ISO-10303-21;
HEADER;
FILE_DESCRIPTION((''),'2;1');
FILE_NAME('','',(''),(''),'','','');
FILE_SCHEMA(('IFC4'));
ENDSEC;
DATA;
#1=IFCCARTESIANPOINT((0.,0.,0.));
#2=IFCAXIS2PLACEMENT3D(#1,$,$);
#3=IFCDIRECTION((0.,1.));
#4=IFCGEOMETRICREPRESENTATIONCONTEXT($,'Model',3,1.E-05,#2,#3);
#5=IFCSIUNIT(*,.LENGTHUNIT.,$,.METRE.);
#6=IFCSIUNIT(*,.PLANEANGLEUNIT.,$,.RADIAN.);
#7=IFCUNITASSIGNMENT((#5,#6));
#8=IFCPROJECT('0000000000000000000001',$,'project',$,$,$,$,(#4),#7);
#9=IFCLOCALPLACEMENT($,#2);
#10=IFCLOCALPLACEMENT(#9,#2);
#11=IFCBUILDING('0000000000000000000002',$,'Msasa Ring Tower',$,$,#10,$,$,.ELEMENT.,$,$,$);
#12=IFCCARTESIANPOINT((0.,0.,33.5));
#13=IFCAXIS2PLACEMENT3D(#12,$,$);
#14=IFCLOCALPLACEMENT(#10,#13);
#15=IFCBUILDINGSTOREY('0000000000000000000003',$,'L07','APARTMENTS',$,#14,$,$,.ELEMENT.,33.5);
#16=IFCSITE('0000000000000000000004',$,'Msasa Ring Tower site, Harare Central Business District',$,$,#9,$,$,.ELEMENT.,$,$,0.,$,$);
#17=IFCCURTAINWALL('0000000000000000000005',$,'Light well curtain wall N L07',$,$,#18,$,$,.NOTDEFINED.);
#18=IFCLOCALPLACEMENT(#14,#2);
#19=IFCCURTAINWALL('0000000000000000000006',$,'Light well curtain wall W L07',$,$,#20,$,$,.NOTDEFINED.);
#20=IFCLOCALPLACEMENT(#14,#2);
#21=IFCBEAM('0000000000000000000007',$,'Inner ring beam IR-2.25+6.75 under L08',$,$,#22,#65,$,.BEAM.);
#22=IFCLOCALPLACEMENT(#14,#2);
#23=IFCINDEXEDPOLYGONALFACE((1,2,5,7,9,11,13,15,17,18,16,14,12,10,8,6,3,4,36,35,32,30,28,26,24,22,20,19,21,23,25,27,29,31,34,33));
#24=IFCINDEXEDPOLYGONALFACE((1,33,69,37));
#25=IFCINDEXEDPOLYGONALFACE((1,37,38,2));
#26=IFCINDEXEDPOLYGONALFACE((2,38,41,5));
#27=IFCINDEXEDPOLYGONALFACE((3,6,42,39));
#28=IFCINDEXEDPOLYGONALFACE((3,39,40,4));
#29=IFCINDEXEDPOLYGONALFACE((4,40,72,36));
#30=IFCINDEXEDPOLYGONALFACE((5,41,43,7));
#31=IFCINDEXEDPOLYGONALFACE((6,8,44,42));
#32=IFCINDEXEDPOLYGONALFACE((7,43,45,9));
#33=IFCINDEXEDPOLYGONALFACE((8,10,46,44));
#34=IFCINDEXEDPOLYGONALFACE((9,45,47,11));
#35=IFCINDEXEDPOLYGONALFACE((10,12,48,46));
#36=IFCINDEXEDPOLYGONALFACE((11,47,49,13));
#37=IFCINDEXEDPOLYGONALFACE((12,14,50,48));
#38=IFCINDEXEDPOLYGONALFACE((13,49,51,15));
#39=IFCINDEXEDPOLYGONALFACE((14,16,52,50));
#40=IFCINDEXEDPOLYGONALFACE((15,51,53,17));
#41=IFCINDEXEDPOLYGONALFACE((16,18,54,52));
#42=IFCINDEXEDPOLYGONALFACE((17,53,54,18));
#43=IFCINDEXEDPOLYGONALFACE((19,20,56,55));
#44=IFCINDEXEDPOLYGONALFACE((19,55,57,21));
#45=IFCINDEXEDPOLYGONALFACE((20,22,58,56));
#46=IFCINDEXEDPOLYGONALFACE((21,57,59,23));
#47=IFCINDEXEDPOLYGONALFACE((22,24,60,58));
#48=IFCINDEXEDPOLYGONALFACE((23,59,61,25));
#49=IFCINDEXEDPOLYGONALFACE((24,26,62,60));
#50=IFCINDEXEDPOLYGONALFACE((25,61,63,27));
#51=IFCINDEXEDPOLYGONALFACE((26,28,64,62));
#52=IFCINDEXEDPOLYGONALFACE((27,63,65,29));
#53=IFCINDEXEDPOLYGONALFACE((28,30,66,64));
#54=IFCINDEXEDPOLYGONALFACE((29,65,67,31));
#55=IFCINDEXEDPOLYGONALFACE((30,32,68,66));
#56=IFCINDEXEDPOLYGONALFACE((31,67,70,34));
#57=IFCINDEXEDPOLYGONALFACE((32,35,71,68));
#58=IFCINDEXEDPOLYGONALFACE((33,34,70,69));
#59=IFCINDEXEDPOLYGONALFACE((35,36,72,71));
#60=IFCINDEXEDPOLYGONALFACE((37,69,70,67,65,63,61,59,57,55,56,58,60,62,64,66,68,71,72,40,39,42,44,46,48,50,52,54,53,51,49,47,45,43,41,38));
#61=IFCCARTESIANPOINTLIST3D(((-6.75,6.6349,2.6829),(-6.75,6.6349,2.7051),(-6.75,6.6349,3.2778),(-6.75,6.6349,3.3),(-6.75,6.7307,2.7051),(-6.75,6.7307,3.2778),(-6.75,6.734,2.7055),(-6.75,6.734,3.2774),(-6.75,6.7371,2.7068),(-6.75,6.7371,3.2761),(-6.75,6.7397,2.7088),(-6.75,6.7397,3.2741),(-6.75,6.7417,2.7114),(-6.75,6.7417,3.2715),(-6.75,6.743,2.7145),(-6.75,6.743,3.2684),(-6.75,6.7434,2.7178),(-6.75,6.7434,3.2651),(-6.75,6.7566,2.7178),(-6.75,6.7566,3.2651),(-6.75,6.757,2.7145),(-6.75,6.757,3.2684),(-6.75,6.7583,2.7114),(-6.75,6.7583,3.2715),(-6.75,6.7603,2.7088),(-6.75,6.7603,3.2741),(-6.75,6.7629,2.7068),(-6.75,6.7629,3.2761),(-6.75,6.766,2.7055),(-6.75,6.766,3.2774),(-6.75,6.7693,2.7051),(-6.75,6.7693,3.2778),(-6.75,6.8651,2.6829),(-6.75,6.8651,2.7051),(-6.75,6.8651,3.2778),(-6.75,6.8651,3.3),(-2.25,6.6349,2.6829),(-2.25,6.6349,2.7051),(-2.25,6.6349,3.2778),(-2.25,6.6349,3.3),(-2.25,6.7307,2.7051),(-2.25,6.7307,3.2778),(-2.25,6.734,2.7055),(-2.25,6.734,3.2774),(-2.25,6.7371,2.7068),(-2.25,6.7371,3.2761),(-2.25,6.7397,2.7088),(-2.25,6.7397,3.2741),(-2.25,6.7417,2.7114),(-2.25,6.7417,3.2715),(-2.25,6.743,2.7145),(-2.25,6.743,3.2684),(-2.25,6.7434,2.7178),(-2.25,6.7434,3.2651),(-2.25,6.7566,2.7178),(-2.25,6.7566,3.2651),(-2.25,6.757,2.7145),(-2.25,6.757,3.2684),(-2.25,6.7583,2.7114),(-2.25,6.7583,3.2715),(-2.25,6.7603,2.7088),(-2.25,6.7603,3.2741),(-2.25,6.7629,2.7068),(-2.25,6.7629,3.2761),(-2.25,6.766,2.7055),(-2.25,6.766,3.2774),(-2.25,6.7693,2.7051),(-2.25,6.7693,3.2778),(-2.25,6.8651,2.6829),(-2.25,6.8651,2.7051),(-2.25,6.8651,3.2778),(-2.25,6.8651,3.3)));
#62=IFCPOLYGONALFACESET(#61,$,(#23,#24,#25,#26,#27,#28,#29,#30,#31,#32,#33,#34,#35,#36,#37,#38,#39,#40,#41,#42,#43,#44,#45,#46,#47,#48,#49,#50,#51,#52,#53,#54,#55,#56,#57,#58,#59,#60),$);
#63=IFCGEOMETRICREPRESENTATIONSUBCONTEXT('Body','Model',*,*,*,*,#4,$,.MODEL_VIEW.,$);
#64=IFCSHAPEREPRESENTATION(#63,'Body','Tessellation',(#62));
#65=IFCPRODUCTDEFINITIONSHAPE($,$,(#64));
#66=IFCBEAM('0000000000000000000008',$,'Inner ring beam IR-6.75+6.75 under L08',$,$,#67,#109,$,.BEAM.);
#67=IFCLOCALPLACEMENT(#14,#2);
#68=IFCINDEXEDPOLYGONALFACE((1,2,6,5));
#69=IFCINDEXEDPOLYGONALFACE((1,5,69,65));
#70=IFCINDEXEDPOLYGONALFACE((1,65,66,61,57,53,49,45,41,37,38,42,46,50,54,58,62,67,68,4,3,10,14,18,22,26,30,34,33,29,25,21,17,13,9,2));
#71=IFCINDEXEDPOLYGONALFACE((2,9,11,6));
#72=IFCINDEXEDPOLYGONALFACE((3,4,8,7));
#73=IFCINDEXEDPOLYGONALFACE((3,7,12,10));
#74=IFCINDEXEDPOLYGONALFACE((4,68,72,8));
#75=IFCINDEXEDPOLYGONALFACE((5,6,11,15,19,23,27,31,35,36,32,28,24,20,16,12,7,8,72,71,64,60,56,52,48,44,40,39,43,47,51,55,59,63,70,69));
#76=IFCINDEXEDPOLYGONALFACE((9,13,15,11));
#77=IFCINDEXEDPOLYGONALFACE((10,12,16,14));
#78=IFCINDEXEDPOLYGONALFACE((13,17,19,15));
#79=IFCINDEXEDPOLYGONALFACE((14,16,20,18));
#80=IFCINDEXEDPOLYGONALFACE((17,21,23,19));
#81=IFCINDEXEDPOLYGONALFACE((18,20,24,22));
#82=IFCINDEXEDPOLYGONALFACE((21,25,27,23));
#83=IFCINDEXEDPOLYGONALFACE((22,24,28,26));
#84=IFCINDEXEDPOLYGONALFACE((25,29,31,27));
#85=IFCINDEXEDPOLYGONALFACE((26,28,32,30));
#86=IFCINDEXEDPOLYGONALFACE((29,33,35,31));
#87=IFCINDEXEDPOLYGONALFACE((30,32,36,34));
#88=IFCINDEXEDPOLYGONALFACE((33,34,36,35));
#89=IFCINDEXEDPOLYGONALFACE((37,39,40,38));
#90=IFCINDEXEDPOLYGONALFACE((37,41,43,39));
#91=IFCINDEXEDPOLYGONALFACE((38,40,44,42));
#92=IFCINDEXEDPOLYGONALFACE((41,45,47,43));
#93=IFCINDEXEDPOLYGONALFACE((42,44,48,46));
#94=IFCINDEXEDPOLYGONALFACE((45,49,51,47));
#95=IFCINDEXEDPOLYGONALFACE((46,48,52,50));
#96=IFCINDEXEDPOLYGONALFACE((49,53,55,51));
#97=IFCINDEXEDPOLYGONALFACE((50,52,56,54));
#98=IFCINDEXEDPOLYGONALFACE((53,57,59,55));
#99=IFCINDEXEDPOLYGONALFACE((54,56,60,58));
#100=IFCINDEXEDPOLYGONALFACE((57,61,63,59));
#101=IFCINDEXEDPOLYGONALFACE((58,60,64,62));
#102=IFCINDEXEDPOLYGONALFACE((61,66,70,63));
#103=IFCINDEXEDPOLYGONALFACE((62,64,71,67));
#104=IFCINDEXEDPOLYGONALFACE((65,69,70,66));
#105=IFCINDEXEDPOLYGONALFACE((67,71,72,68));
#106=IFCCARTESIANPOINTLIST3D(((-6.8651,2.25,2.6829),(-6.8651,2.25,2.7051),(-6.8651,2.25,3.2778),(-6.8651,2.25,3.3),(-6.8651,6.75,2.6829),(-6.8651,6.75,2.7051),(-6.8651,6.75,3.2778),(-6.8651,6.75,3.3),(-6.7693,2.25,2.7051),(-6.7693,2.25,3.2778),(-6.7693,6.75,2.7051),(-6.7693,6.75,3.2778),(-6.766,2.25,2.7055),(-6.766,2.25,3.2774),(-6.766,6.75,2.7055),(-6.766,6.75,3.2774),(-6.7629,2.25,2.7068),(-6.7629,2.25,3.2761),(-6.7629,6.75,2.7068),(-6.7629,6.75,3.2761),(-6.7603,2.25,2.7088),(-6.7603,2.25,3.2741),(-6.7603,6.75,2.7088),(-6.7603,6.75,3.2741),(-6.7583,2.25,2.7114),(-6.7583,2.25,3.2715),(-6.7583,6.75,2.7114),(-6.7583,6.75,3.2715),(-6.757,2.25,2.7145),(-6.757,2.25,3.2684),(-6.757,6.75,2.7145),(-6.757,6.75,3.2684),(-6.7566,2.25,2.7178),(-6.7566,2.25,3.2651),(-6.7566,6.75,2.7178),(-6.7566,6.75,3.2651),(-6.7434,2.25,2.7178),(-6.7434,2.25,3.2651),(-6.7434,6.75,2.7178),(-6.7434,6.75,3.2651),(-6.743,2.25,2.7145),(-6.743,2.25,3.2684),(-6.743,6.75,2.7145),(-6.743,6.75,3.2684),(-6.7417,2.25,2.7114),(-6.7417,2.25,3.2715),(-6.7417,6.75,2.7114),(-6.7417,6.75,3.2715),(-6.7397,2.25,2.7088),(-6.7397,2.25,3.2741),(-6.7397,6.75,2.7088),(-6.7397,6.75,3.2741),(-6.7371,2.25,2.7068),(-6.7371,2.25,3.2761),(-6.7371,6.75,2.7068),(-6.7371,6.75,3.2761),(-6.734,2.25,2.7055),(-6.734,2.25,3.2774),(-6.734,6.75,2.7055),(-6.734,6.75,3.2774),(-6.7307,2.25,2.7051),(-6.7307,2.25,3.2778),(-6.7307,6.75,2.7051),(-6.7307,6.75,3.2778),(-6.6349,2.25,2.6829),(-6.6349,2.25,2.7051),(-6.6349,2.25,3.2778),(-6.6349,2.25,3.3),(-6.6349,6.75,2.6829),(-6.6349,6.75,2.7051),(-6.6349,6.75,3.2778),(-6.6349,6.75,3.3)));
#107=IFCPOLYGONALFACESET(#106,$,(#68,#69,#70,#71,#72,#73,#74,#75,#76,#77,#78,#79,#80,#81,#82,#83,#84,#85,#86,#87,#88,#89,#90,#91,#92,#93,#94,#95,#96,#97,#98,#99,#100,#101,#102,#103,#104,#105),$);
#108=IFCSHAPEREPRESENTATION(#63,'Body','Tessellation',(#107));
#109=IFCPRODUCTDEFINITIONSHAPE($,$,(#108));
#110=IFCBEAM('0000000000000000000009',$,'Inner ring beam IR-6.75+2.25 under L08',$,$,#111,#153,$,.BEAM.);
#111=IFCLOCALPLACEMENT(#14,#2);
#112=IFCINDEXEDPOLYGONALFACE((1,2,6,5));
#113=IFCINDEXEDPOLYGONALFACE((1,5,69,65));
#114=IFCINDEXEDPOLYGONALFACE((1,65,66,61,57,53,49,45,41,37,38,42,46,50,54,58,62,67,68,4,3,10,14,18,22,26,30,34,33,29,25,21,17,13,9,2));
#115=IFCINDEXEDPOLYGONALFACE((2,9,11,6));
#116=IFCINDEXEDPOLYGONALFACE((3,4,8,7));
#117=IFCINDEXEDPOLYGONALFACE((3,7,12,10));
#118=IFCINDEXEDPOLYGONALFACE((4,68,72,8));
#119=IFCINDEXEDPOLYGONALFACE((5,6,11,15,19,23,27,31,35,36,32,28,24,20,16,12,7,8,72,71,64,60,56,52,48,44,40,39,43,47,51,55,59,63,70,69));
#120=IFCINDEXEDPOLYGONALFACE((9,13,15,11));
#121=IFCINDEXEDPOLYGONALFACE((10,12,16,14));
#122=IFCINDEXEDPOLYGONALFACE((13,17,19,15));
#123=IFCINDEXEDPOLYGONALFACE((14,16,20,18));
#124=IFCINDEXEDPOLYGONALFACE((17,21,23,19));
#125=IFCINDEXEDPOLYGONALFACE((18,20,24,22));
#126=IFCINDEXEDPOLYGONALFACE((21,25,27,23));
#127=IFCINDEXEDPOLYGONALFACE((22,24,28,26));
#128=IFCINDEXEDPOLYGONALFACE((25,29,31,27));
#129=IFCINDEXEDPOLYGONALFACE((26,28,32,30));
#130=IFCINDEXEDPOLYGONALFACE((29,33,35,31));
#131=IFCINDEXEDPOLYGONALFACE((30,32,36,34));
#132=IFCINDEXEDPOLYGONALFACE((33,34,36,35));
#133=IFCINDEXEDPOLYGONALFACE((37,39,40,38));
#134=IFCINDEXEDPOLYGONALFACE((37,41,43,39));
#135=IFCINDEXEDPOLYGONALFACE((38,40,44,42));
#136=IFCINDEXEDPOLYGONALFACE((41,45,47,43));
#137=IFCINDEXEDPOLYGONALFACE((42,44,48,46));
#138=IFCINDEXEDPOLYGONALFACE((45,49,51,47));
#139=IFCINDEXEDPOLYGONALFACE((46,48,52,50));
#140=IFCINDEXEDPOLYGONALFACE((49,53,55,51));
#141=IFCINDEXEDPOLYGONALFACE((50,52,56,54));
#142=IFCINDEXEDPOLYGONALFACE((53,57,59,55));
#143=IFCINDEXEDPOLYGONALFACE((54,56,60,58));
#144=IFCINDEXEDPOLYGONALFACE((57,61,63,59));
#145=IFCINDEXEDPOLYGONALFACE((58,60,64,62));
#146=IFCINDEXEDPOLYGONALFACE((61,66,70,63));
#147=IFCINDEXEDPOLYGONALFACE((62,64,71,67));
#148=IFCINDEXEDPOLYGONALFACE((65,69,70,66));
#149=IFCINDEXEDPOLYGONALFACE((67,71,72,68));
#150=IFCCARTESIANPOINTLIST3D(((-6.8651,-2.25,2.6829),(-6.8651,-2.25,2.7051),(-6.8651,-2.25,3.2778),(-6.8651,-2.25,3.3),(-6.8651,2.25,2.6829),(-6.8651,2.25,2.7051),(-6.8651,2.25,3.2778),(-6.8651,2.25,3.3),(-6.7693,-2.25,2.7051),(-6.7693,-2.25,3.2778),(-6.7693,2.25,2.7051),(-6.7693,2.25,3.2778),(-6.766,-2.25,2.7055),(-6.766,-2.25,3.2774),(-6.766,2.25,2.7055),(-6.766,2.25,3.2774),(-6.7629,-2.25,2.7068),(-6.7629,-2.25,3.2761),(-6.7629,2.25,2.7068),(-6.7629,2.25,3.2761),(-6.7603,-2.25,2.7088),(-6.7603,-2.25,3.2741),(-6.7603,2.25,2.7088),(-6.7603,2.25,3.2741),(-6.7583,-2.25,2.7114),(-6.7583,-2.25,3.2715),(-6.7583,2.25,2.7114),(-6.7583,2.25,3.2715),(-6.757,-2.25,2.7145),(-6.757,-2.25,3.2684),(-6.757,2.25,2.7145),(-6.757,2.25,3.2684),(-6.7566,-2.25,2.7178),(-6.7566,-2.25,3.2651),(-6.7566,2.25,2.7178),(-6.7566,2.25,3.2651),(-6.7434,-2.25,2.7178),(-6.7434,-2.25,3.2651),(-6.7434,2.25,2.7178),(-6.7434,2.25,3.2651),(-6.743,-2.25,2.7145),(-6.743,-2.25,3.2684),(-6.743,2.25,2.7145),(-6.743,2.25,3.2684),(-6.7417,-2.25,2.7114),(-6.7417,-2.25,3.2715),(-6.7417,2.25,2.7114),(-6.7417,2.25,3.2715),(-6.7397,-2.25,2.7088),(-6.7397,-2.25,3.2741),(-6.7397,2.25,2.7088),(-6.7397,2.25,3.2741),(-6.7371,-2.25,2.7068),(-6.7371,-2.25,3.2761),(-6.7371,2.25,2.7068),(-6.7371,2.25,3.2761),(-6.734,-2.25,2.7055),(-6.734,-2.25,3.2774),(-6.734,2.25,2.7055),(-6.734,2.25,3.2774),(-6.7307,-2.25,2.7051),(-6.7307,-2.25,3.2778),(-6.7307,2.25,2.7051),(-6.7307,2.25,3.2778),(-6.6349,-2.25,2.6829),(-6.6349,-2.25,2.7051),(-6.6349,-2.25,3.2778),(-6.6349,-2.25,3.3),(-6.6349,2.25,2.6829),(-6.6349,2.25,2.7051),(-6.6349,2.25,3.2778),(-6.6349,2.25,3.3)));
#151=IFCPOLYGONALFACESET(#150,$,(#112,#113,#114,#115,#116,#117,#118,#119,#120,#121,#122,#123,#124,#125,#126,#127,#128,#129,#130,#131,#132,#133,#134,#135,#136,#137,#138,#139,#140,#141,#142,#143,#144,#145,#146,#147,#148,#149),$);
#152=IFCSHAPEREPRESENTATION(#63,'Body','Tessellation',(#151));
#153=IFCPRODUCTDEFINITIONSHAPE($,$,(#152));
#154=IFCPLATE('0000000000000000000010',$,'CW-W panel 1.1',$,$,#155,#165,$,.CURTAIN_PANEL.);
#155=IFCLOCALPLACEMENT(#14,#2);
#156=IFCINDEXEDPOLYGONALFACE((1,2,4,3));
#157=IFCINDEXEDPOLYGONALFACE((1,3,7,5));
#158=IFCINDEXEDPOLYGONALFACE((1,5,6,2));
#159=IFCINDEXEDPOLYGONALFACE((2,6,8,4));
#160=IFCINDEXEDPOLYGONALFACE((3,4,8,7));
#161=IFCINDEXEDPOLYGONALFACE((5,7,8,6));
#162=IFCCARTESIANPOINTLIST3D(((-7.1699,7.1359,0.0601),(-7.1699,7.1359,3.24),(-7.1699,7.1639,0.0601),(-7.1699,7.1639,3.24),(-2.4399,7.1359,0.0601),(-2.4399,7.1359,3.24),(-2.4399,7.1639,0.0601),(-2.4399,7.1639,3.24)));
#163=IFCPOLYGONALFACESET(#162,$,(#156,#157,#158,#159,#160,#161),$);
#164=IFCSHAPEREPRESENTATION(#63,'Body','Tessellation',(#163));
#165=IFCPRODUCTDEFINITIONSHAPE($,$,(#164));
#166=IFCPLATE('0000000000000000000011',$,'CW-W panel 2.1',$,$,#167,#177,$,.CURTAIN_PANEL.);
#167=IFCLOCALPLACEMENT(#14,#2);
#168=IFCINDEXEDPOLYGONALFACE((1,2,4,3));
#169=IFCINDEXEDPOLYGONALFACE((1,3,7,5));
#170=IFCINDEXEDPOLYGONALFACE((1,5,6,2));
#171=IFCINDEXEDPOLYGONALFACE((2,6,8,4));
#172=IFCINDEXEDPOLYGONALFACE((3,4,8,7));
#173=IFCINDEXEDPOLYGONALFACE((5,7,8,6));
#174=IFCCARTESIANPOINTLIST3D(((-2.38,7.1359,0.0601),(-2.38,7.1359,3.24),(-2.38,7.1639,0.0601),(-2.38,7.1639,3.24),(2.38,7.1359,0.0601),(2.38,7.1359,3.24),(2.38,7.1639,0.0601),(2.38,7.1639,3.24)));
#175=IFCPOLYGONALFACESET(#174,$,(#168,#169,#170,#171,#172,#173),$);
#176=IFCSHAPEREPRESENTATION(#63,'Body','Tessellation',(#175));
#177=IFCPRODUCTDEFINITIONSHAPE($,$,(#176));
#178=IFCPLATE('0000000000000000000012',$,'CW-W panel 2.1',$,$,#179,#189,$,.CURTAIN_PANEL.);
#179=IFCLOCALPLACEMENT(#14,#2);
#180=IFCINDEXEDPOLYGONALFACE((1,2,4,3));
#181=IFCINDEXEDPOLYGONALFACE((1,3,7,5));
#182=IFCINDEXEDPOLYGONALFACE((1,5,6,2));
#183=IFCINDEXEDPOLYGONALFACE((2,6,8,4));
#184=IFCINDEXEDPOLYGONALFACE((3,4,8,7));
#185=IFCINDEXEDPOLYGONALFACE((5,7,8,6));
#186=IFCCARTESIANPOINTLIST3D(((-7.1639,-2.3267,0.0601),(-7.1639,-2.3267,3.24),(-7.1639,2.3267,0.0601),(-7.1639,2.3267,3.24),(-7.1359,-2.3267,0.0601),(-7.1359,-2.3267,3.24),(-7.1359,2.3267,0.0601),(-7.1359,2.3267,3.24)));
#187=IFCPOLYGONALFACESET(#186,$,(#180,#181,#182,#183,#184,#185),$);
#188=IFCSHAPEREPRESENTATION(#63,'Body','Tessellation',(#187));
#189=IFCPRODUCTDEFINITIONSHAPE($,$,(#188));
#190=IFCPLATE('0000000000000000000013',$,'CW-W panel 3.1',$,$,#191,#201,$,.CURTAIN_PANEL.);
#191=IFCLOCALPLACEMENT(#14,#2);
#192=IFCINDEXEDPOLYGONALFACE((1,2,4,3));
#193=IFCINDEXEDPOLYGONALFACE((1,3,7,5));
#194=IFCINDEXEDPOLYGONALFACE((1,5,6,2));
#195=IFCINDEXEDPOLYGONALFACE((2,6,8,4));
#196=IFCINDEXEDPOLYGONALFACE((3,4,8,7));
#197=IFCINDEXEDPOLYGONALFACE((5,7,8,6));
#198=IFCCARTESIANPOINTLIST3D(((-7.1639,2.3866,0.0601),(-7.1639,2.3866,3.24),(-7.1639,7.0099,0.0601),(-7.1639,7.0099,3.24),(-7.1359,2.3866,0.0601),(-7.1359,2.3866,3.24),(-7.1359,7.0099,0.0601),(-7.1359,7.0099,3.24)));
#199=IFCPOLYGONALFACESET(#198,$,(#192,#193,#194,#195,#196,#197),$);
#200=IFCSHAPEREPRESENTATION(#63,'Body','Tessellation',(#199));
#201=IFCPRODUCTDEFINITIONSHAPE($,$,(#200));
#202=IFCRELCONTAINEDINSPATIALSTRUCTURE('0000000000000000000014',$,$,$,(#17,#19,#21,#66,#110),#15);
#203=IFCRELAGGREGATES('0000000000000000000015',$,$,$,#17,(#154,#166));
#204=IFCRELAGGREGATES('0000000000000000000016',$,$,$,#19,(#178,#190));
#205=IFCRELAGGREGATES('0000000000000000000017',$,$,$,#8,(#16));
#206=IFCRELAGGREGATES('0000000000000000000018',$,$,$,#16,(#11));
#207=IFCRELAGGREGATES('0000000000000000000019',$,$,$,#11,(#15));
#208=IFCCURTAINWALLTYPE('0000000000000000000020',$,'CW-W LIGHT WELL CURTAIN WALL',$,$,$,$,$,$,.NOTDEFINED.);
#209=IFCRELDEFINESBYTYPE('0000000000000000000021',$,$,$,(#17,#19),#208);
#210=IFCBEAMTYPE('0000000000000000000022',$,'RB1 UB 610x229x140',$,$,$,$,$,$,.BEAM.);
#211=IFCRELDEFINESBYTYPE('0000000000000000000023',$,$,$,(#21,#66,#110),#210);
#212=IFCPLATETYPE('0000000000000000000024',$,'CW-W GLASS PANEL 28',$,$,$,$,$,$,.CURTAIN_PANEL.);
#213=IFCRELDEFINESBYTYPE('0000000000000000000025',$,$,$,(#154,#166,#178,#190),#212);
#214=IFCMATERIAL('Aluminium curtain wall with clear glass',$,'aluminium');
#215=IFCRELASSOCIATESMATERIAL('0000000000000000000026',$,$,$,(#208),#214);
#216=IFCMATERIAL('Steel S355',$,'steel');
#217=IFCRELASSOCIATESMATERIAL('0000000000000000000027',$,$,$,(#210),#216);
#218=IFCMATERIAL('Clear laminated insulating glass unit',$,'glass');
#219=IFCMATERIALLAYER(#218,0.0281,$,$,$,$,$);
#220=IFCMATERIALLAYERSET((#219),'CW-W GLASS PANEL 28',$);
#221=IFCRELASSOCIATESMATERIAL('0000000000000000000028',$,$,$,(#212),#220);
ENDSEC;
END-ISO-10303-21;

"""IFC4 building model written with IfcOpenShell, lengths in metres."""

from ifc_helpers import new_model, si_unit, direction, frame, origin, origin_2d, place, context, subcontext, project, spatial, rectangle, i_section, extrude, material, layer, layer_set, material_profile, profile_set, type_object, element, aggregate, save


model = new_model("IFC4")

# Units and contexts
model_context = context("Model", 3, precision=1e-05, world=origin(), true_north=direction((0.0, 1.0)))
body_context = subcontext(model_context, "Body", "Model", "MODEL_VIEW")
ifc_project = project(units=[si_unit("LENGTHUNIT", "METRE"), si_unit("PLANEANGLEUNIT", "RADIAN")], contexts=[model_context])

# Site, building, storey
site_placement = place(None, origin())
site = spatial("IfcSite", under=ifc_project, at=site_placement, Name="Msasa Ring Tower site, Harare Central Business District", CompositionType="ELEMENT", RefElevation=0.0)
building_placement = place(site_placement, origin())
building = spatial("IfcBuilding", under=site, at=building_placement, Name="Msasa Ring Tower", CompositionType="ELEMENT")
storey_placement = place(building_placement, frame((0.0, 0.0, 33.5)))
storey = spatial("IfcBuildingStorey", under=building, at=storey_placement, Name="L07", Description="APARTMENTS", CompositionType="ELEMENT", Elevation=33.5)

# Curtain walls
ifc_material_1 = material(Name="Aluminium curtain wall with clear glass", Category="aluminium")
curtain_wall_type = type_object("IfcCurtainWallType", Name="CW-W LIGHT WELL CURTAIN WALL", PredefinedType="NOTDEFINED", material=ifc_material_1)
curtain_wall_1_placement = place(storey_placement, origin())
curtain_wall_1 = element("IfcCurtainWall", 1, at=curtain_wall_1_placement, inside=storey, type_object=curtain_wall_type, Name="Light well curtain wall N L07", PredefinedType="NOTDEFINED")
curtain_wall_2_placement = place(storey_placement, origin())
curtain_wall_2 = element("IfcCurtainWall", 2, at=curtain_wall_2_placement, inside=storey, type_object=curtain_wall_type, Name="Light well curtain wall W L07", PredefinedType="NOTDEFINED")

# Beams
ifc_material_2 = material(Name="Steel S355", Category="steel")
ifc_material_profile_1 = material_profile(ifc_material_2, i_section(OverallWidth=0.2302, OverallDepth=0.6172, WebThickness=0.0132, FlangeThickness=0.0222, FilletRadius=0.0127, at=origin_2d()), Name="UB 610x229x140")
ifc_profile_set_1 = profile_set([ifc_material_profile_1], Name="Steel S355")
beam_type = type_object("IfcBeamType", Name="RB1 UB 610x229x140", PredefinedType="BEAM", material=ifc_profile_set_1)
for number, where, z_axis, x_axis, name in (
    (3, (-2.25, 6.75, 2.9915), (-1.0, 0.0, 0.0), (0.0, -1.0, 0.0), "Inner ring beam IR-2.25+6.75 under L08"),
    (4, (-6.75, 6.75, 2.9915), (0.0, -1.0, 0.0), (1.0, 0.0, 0.0), "Inner ring beam IR-6.75+6.75 under L08"),
    (5, (-6.75, 2.25, 2.9915), (0.0, -1.0, 0.0), (1.0, 0.0, 0.0), "Inner ring beam IR-6.75+2.25 under L08"),
):
    element("IfcBeam", number, at=place(storey_placement, frame(where, z_axis=z_axis, x_axis=x_axis)), inside=storey, type_object=beam_type, Name=name, PredefinedType="BEAM", context=body_context, shape_type="SweptSolid", body=[
        extrude(i_section(OverallWidth=0.2302, OverallDepth=0.6172, WebThickness=0.0132, FlangeThickness=0.0222, FilletRadius=0.0127, at=origin_2d()), origin(), (0.0, 0.0, 1.0), 4.5),
    ])

# Plates
ifc_material_3 = material(Name="Clear laminated insulating glass unit", Category="glass")
ifc_layer_1 = layer(ifc_material_3, 0.0281)
ifc_layer_set_1 = layer_set([ifc_layer_1], Name="CW-W GLASS PANEL 28")
plate_type = type_object("IfcPlateType", Name="CW-W GLASS PANEL 28", PredefinedType="CURTAIN_PANEL", material=ifc_layer_set_1)
plate_1_placement = place(storey_placement, frame((-4.8049, 7.1499, 0.0601), z_axis=(0.0, 0.0, 1.0), x_axis=(1.0, 0.0, 0.0)))
plate_1 = element("IfcPlate", 6, at=plate_1_placement, type_object=plate_type, Name="CW-W panel 1.1", PredefinedType="CURTAIN_PANEL", context=body_context, shape_type="SweptSolid", body=[
    extrude(rectangle(XDim=4.73, YDim=0.0281, at=origin_2d()), origin(), (0.0, 0.0, 1.0), 3.1799),
])
plate_2_placement = place(storey_placement, frame((0.0, 7.1499, 0.0601), z_axis=(0.0, 0.0, 1.0), x_axis=(1.0, 0.0, 0.0)))
plate_2 = element("IfcPlate", 7, at=plate_2_placement, type_object=plate_type, Name="CW-W panel 2.1", PredefinedType="CURTAIN_PANEL", context=body_context, shape_type="SweptSolid", body=[
    extrude(rectangle(XDim=4.76, YDim=0.0281, at=origin_2d()), origin(), (0.0, 0.0, 1.0), 3.1799),
])
aggregate(curtain_wall_1, [plate_1, plate_2])
plate_3_placement = place(storey_placement, frame((-7.1499, 0.0, 0.0601), z_axis=(0.0, 0.0, 1.0), x_axis=(0.0, 1.0, 0.0)))
plate_3 = element("IfcPlate", 8, at=plate_3_placement, type_object=plate_type, Name="CW-W panel 2.1", PredefinedType="CURTAIN_PANEL", context=body_context, shape_type="SweptSolid", body=[
    extrude(rectangle(XDim=4.6533, YDim=0.0281, at=origin_2d()), origin(), (0.0, 0.0, 1.0), 3.1799),
])
plate_4_placement = place(storey_placement, frame((-7.1499, 4.6982, 0.0601), z_axis=(0.0, 0.0, 1.0), x_axis=(0.0, 1.0, 0.0)))
plate_4 = element("IfcPlate", 9, at=plate_4_placement, type_object=plate_type, Name="CW-W panel 3.1", PredefinedType="CURTAIN_PANEL", context=body_context, shape_type="SweptSolid", body=[
    extrude(rectangle(XDim=4.6233, YDim=0.0281, at=origin_2d()), origin(), (0.0, 0.0, 1.0), 3.1799),
])
aggregate(curtain_wall_2, [plate_3, plate_4])

save(model, "model.ifc")
